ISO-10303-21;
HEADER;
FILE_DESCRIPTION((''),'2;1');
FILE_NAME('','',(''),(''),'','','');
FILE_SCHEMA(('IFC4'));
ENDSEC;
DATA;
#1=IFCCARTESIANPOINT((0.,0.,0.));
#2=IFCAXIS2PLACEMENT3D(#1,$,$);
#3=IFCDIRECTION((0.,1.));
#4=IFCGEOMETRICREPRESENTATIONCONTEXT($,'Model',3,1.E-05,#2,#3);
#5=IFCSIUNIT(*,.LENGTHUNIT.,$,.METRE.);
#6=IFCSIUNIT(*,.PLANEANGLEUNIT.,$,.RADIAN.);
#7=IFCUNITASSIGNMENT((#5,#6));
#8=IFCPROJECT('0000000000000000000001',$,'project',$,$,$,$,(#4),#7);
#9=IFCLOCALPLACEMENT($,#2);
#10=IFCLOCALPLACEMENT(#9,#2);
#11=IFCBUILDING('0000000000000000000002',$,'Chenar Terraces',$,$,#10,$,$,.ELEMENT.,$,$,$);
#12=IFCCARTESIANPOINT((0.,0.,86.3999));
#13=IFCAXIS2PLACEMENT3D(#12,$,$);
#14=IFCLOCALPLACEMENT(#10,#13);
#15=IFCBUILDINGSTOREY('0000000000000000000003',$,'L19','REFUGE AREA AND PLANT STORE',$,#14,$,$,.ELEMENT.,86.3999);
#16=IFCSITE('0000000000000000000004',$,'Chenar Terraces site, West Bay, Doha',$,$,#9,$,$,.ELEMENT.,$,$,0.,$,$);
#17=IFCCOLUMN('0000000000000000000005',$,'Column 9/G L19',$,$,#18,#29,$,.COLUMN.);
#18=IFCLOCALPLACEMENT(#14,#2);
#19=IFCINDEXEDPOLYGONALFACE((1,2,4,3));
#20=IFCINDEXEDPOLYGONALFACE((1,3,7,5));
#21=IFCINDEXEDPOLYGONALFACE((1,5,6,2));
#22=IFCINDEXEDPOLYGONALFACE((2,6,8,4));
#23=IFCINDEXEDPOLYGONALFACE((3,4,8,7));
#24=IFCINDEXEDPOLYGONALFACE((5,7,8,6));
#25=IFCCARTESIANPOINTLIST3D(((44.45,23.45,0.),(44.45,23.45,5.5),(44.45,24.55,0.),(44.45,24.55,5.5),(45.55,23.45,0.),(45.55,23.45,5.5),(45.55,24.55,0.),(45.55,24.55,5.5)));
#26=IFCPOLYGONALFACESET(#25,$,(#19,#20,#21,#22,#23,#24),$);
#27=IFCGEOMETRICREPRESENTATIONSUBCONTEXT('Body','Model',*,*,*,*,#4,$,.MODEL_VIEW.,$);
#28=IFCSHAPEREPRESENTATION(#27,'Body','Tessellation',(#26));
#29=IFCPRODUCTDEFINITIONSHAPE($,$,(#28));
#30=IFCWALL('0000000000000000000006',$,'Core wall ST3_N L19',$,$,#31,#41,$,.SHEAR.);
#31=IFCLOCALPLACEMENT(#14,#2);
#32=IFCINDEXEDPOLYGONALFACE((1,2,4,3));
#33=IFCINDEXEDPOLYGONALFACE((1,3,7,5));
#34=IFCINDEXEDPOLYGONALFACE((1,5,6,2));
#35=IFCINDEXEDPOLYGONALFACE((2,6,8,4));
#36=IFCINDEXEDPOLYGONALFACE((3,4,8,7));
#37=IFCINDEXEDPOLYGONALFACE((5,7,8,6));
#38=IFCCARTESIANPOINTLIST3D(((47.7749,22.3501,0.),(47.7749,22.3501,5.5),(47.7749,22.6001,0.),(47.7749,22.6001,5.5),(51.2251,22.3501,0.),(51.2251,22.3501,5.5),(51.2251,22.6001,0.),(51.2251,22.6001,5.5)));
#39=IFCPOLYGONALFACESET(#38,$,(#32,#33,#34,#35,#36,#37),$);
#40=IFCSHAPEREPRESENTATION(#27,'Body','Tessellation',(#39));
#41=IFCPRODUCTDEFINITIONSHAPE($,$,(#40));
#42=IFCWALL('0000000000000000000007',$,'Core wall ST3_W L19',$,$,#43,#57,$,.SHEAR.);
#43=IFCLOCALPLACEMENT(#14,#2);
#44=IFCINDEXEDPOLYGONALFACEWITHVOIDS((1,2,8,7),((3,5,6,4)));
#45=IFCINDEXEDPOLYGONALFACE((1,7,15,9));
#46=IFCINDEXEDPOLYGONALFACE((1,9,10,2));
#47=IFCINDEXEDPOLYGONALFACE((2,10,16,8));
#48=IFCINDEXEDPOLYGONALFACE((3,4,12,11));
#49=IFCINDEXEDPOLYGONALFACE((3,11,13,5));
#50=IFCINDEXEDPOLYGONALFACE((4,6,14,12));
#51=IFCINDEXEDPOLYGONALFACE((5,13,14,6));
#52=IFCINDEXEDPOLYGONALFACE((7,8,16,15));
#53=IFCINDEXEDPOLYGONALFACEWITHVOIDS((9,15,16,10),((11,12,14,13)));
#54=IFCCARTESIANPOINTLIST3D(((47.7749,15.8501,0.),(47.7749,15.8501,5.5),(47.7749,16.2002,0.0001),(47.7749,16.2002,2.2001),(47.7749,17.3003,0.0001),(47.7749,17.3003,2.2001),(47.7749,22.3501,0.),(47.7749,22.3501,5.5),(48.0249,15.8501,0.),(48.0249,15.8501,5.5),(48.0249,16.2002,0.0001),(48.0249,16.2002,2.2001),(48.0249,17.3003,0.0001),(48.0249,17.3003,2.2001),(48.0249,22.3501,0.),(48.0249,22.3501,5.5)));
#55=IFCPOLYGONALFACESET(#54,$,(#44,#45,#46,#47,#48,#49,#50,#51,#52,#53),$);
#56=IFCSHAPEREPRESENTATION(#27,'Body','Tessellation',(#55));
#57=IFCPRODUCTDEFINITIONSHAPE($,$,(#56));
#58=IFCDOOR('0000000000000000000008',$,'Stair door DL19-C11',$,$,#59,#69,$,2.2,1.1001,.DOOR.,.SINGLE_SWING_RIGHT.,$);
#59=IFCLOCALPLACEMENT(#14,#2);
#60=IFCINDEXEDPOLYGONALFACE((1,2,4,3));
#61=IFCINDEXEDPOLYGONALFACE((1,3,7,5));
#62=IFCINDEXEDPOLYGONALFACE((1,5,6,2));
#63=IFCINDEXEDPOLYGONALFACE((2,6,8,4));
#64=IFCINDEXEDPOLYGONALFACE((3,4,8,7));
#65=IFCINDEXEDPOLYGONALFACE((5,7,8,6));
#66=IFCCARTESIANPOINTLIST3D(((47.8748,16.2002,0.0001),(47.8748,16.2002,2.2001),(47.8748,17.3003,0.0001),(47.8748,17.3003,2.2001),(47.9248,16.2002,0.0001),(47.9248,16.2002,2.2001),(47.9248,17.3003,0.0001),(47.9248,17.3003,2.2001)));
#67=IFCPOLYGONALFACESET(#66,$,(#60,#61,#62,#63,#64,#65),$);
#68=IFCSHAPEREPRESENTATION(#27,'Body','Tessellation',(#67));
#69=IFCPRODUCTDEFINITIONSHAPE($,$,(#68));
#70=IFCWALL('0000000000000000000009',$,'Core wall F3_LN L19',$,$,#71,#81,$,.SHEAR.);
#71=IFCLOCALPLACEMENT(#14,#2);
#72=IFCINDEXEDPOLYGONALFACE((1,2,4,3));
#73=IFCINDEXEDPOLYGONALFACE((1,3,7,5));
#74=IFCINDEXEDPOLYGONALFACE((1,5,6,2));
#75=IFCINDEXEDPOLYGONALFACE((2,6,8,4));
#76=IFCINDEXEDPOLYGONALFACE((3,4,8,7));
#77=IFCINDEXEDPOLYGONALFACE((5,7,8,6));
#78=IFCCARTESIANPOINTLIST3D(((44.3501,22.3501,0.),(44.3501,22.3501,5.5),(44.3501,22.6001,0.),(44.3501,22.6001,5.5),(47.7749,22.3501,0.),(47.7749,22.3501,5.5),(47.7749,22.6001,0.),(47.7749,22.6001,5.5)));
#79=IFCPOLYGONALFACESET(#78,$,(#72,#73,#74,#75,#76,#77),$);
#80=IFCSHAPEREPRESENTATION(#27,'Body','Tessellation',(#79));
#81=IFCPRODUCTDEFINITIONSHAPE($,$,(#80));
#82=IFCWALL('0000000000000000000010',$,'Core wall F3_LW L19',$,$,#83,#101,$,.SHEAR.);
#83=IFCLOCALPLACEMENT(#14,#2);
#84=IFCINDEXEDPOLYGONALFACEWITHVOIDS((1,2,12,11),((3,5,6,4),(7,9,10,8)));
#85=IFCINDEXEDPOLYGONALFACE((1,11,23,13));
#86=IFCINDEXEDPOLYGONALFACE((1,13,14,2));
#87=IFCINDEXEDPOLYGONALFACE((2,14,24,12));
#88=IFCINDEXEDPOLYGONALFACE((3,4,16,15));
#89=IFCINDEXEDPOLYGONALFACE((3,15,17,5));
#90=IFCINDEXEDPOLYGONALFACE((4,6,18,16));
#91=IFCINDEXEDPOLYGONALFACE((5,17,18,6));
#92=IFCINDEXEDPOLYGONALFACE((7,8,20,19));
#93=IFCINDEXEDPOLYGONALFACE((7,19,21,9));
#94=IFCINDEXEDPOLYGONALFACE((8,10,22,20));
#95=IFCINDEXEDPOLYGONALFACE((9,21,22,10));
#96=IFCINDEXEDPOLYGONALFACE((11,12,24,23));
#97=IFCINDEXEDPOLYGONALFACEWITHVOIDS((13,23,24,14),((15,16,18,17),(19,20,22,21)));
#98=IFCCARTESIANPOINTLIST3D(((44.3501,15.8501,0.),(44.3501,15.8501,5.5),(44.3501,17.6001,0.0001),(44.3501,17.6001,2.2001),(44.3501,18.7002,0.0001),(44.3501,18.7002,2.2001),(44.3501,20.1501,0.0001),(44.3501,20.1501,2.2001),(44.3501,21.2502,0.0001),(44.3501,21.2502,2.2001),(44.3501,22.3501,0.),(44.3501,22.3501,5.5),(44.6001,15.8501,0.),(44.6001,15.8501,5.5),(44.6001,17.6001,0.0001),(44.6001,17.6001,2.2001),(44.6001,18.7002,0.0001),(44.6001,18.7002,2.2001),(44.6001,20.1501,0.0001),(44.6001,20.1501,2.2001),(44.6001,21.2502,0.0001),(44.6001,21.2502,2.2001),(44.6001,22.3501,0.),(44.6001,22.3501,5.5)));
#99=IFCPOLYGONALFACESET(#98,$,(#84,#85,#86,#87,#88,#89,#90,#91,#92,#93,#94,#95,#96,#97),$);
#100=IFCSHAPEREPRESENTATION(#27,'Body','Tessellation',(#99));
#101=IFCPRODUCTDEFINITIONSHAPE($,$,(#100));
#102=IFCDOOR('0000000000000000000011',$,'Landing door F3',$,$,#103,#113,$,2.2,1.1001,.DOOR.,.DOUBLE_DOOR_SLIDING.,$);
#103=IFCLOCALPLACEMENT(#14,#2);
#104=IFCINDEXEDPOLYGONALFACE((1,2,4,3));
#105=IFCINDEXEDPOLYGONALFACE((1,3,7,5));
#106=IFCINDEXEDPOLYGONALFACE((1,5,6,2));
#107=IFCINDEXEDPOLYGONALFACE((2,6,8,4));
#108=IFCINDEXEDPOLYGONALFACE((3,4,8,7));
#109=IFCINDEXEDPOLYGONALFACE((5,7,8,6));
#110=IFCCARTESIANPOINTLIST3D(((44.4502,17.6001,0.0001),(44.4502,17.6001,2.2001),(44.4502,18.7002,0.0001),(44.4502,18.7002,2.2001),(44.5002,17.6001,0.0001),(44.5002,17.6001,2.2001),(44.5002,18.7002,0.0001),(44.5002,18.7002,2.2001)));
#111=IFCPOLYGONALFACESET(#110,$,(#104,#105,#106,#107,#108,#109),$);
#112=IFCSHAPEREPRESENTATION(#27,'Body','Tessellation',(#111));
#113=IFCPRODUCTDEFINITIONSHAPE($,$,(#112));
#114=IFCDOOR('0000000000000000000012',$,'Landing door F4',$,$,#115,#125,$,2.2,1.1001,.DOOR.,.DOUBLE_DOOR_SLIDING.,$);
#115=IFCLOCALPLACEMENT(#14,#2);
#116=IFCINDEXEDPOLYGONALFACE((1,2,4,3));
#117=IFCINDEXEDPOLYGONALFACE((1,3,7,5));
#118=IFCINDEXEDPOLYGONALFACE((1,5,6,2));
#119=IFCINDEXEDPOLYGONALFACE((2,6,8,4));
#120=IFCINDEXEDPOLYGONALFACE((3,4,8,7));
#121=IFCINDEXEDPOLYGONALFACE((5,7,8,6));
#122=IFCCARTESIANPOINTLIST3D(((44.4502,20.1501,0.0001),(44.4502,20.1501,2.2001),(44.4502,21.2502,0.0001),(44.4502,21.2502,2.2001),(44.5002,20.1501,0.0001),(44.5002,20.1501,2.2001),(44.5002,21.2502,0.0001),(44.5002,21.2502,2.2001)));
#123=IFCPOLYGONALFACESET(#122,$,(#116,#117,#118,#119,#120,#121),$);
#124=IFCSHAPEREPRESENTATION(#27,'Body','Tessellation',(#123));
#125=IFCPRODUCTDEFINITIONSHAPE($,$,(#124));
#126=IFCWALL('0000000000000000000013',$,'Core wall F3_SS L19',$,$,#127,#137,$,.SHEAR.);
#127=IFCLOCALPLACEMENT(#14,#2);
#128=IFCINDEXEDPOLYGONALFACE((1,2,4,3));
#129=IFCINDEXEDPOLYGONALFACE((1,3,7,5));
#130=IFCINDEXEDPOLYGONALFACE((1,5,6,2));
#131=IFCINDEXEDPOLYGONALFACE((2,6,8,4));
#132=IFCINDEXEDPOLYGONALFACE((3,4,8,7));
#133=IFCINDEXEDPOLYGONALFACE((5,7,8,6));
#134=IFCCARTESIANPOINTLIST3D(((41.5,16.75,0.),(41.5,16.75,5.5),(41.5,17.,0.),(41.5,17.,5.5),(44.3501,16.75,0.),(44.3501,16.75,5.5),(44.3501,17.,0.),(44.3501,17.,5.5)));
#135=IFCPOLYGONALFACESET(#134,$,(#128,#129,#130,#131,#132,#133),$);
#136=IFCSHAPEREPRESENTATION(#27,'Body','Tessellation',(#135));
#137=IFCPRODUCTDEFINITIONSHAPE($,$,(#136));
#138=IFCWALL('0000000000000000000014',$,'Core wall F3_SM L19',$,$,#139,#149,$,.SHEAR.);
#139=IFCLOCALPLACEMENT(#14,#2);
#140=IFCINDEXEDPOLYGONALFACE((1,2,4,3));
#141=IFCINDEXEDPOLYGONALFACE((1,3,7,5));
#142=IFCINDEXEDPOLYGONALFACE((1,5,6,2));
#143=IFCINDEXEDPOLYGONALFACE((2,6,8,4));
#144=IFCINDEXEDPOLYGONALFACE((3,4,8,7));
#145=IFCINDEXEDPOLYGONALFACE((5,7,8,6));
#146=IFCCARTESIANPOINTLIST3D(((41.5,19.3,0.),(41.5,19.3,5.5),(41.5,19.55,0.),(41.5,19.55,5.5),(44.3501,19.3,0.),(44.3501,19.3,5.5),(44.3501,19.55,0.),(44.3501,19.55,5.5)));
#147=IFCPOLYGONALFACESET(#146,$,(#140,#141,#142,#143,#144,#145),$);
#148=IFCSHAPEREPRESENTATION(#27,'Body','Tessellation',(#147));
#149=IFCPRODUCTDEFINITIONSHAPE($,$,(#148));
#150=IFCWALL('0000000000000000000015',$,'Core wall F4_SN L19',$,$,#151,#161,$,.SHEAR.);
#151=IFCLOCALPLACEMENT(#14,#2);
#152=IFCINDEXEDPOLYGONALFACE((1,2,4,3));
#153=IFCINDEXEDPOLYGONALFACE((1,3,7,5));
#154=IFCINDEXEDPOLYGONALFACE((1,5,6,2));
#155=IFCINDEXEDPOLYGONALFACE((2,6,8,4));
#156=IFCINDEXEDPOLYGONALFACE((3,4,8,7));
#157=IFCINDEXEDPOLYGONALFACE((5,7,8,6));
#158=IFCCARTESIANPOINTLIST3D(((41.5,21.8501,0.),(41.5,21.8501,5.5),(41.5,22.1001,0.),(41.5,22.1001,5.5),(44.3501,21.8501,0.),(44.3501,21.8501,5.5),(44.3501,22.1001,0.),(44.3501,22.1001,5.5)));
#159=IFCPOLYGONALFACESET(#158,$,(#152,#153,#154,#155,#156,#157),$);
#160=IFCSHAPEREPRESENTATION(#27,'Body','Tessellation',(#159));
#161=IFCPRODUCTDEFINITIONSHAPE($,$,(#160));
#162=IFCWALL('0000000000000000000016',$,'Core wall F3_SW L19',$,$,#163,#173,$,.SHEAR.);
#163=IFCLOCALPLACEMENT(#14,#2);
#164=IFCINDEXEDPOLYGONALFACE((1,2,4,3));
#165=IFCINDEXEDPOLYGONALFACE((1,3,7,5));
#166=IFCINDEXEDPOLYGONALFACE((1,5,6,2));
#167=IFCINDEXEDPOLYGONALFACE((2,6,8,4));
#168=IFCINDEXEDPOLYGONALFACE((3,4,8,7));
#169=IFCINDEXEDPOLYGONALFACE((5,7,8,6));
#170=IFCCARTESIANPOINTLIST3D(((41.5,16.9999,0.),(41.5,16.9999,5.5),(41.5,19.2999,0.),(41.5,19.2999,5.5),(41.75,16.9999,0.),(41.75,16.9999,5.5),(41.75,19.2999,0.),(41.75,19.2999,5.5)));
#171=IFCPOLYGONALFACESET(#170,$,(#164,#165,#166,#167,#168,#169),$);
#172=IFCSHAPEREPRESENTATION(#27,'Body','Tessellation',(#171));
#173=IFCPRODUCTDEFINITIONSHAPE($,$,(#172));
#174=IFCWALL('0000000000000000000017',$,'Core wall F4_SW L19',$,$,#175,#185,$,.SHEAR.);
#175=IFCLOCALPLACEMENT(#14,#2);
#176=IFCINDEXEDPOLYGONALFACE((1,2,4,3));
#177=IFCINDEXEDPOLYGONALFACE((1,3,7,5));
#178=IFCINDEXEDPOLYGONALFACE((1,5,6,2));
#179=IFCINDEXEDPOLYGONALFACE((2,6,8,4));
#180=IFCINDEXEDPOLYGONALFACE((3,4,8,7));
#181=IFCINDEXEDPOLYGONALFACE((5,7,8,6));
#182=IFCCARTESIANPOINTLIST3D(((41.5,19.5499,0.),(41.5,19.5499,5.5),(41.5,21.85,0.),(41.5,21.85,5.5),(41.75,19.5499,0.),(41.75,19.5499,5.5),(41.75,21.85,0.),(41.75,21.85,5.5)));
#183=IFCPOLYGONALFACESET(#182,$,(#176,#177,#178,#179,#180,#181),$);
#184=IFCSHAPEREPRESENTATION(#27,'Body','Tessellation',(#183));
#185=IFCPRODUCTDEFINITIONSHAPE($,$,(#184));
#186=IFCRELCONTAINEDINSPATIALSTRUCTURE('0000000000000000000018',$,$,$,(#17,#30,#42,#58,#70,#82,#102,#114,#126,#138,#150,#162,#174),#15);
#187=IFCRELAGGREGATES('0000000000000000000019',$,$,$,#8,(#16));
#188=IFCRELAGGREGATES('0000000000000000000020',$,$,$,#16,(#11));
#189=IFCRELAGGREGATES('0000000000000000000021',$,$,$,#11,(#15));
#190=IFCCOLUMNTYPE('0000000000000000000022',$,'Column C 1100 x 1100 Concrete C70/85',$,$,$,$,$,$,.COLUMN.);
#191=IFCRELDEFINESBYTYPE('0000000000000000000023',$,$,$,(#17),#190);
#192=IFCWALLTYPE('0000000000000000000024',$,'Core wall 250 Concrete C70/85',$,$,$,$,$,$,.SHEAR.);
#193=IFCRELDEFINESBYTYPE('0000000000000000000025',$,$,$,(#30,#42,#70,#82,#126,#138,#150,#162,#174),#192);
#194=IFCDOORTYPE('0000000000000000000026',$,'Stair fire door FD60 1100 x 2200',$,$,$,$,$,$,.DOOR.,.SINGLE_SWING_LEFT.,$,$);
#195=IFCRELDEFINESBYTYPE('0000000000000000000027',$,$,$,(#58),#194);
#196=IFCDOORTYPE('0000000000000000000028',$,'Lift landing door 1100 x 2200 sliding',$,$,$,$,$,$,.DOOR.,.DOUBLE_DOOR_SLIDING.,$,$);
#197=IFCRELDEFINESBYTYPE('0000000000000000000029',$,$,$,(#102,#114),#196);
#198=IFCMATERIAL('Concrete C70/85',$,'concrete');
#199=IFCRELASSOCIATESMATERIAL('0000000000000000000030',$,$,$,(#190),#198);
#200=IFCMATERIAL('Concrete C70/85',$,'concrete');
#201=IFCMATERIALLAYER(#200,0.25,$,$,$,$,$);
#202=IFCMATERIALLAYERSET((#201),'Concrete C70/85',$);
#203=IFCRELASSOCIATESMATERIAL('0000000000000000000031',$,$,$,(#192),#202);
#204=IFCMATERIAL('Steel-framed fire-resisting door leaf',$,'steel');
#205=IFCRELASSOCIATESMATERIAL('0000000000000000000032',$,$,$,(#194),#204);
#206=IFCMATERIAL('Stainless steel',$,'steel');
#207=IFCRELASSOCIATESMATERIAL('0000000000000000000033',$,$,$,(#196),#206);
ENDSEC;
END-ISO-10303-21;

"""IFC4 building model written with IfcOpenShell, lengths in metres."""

from ifc_helpers import new_model, si_unit, direction, frame, frame_2d, origin, origin_2d, place, context, subcontext, project, spatial, rectangle, extrude, material, layer, layer_set, material_profile, profile_set, type_object, element, fill, save


model = new_model("IFC4")

# Units and contexts
model_context = context("Model", 3, precision=1e-05, world=origin(), true_north=direction((0.0, 1.0)))
body_context = subcontext(model_context, "Body", "Model", "MODEL_VIEW")
ifc_project = project(units=[si_unit("LENGTHUNIT", "METRE"), si_unit("PLANEANGLEUNIT", "RADIAN")], contexts=[model_context])

# Site, building, storey
site_placement = place(None, origin())
site = spatial("IfcSite", under=ifc_project, at=site_placement, Name="Chenar Terraces site, West Bay, Doha", CompositionType="ELEMENT", RefElevation=0.0)
building_placement = place(site_placement, origin())
building = spatial("IfcBuilding", under=site, at=building_placement, Name="Chenar Terraces", CompositionType="ELEMENT")
storey_placement = place(building_placement, frame((0.0, 0.0, 86.3999)))
storey = spatial("IfcBuildingStorey", under=building, at=storey_placement, Name="L19", Description="REFUGE AREA AND PLANT STORE", CompositionType="ELEMENT", Elevation=86.3999)

# Column
ifc_material_1 = material(Name="Concrete C70/85", Category="concrete")
ifc_material_profile_1 = material_profile(ifc_material_1, rectangle(XDim=1.1001, YDim=1.1001, at=origin_2d()), Name="C 1100 x 1100")
ifc_profile_set_1 = profile_set([ifc_material_profile_1], Name="Concrete C70/85")
column_type = type_object("IfcColumnType", Name="Column C 1100 x 1100 Concrete C70/85", PredefinedType="COLUMN", material=ifc_profile_set_1)
column_placement = place(storey_placement, frame((45.0, 24.0, 0.0), z_axis=(0.0, 0.0, 1.0), x_axis=(1.0, 0.0, 0.0)))
element("IfcColumn", 1, at=column_placement, inside=storey, type_object=column_type, Name="Column 9/G L19", PredefinedType="COLUMN", context=body_context, shape_type="SweptSolid", body=[
    extrude(rectangle(XDim=1.1001, YDim=1.1001, at=origin_2d()), origin(), (0.0, 0.0, 1.0), 5.5),
])

# Wall
ifc_material_2 = material(Name="Concrete C70/85", Category="concrete")
ifc_layer_1 = layer(ifc_material_2, 0.25)
ifc_layer_set_1 = layer_set([ifc_layer_1], Name="Concrete C70/85")
wall_type_1 = type_object("IfcWallType", Name="Core wall 250 Concrete C70/85", PredefinedType="SHEAR", material=ifc_layer_set_1)
wall_1_placement = place(storey_placement, frame((47.7749, 22.4751, 0.0), z_axis=(0.0, 0.0, 1.0), x_axis=(1.0, 0.0, 0.0)))
element("IfcWall", 2, at=wall_1_placement, inside=storey, type_object=wall_type_1, Name="Core wall ST3_N L19", PredefinedType="SHEAR", context=body_context, shape_type="SweptSolid", body=[
    extrude(rectangle(XDim=3.4502, YDim=0.25, at=frame_2d((1.7251, 0.0))), origin(), (0.0, 0.0, 1.0), 5.5),
])

# Wall, opening, door
wall_2_placement = place(storey_placement, frame((47.8999, 15.8501, 0.0), z_axis=(0.0, 0.0, 1.0), x_axis=(0.0, 1.0, 0.0)))
wall_2 = element("IfcWall", 3, at=wall_2_placement, inside=storey, type_object=wall_type_1, Name="Core wall ST3_W L19", PredefinedType="SHEAR", context=body_context, shape_type="SweptSolid", body=[
    extrude(rectangle(XDim=6.5, YDim=0.25, at=frame_2d((3.25, 0.0))), origin(), (0.0, 0.0, 1.0), 5.5),
])
opening_1_placement = place(wall_2_placement, frame((0.3501, 0.0, 0.0)))
opening_1 = element("IfcOpeningElement", 4, at=opening_1_placement, cuts=wall_2, PredefinedType="OPENING", context=body_context, shape_type="SweptSolid", body=[
    extrude(rectangle(XDim=1.1001, YDim=2.2, at=frame_2d((0.55, 1.1001))), frame((0.0, 0.135, 0.0), z_axis=(0.0, -1.0, 0.0), x_axis=(1.0, 0.0, 0.0)), (0.0, 0.0, 1.0), 0.27),
])
ifc_material_3 = material(Name="Steel-framed fire-resisting door leaf", Category="steel")
door_type_1 = type_object("IfcDoorType", Name="Stair fire door FD60 1100 x 2200", OperationType="SINGLE_SWING_LEFT", PredefinedType="DOOR", material=ifc_material_3)
door_1_placement = place(opening_1_placement, frame((1.1001, 0.0, 0.0), z_axis=(0.0, 0.0, 1.0), x_axis=(-1.0, 0.0, 0.0)))
door_1 = element("IfcDoor", 5, at=door_1_placement, inside=storey, type_object=door_type_1, Name="Stair door DL19-C11", OperationType="SINGLE_SWING_RIGHT", OverallHeight=2.2, OverallWidth=1.1001, PredefinedType="DOOR", context=body_context, shape_type="SweptSolid", body=[
    extrude(rectangle(XDim=1.1001, YDim=2.2, at=frame_2d((0.55, 1.1001))), frame((0.0, 0.0249, 0.0), z_axis=(0.0, -1.0, 0.0), x_axis=(1.0, 0.0, 0.0)), (0.0, 0.0, 1.0), 0.05),
])
fill(opening_1, door_1)

# Wall
wall_3_placement = place(storey_placement, frame((44.3501, 22.4751, 0.0), z_axis=(0.0, 0.0, 1.0), x_axis=(1.0, 0.0, 0.0)))
element("IfcWall", 6, at=wall_3_placement, inside=storey, type_object=wall_type_1, Name="Core wall F3_LN L19", PredefinedType="SHEAR", context=body_context, shape_type="SweptSolid", body=[
    extrude(rectangle(XDim=3.4248, YDim=0.25, at=frame_2d((1.7124, 0.0))), origin(), (0.0, 0.0, 1.0), 5.5),
])

# Wall, openings, doors
wall_4_placement = place(storey_placement, frame((44.4751, 15.8501, 0.0), z_axis=(0.0, 0.0, 1.0), x_axis=(0.0, 1.0, 0.0)))
wall_4 = element("IfcWall", 7, at=wall_4_placement, inside=storey, type_object=wall_type_1, Name="Core wall F3_LW L19", PredefinedType="SHEAR", context=body_context, shape_type="SweptSolid", body=[
    extrude(rectangle(XDim=6.5, YDim=0.25, at=frame_2d((3.25, 0.0))), origin(), (0.0, 0.0, 1.0), 5.5),
])
opening_2_placement = place(wall_4_placement, frame((1.75, 0.0, 0.0)))
opening_2 = element("IfcOpeningElement", 8, at=opening_2_placement, cuts=wall_4, PredefinedType="OPENING", context=body_context, shape_type="SweptSolid", body=[
    extrude(rectangle(XDim=1.1001, YDim=2.2, at=frame_2d((0.55, 1.1001))), frame((0.0, 0.135, 0.0), z_axis=(0.0, -1.0, 0.0), x_axis=(1.0, 0.0, 0.0)), (0.0, 0.0, 1.0), 0.27),
])
opening_3_placement = place(wall_4_placement, frame((4.3, 0.0, 0.0)))
opening_3 = element("IfcOpeningElement", 9, at=opening_3_placement, cuts=wall_4, PredefinedType="OPENING", context=body_context, shape_type="SweptSolid", body=[
    extrude(rectangle(XDim=1.1001, YDim=2.2, at=frame_2d((0.55, 1.1001))), frame((0.0, 0.135, 0.0), z_axis=(0.0, -1.0, 0.0), x_axis=(1.0, 0.0, 0.0)), (0.0, 0.0, 1.0), 0.27),
])
ifc_material_4 = material(Name="Stainless steel", Category="steel")
door_type_2 = type_object("IfcDoorType", Name="Lift landing door 1100 x 2200 sliding", OperationType="DOUBLE_DOOR_SLIDING", PredefinedType="DOOR", material=ifc_material_4)
door_2_placement = place(opening_2_placement, origin())
door_2 = element("IfcDoor", 10, at=door_2_placement, inside=storey, type_object=door_type_2, Name="Landing door F3", OperationType="DOUBLE_DOOR_SLIDING", OverallHeight=2.2, OverallWidth=1.1001, PredefinedType="DOOR", context=body_context, shape_type="SweptSolid", body=[
    extrude(rectangle(XDim=1.1001, YDim=2.2, at=frame_2d((0.55, 1.1001))), frame((0.0, 0.0249, 0.0), z_axis=(0.0, -1.0, 0.0), x_axis=(1.0, 0.0, 0.0)), (0.0, 0.0, 1.0), 0.05),
])
fill(opening_2, door_2)
door_3_placement = place(opening_3_placement, origin())
door_3 = element("IfcDoor", 11, at=door_3_placement, inside=storey, type_object=door_type_2, Name="Landing door F4", OperationType="DOUBLE_DOOR_SLIDING", OverallHeight=2.2, OverallWidth=1.1001, PredefinedType="DOOR", context=body_context, shape_type="SweptSolid", body=[
    extrude(rectangle(XDim=1.1001, YDim=2.2, at=frame_2d((0.55, 1.1001))), frame((0.0, 0.0249, 0.0), z_axis=(0.0, -1.0, 0.0), x_axis=(1.0, 0.0, 0.0)), (0.0, 0.0, 1.0), 0.05),
])
fill(opening_3, door_3)

# Walls
for number, where, z_axis, x_axis, name in (
    (12, (41.5, 16.875, 0.0), (0.0, 0.0, 1.0), (1.0, 0.0, 0.0), "Core wall F3_SS L19"),
    (13, (41.5, 19.425, 0.0), (0.0, 0.0, 1.0), (1.0, 0.0, 0.0), "Core wall F3_SM L19"),
    (14, (41.5, 21.9751, 0.0), (0.0, 0.0, 1.0), (1.0, 0.0, 0.0), "Core wall F4_SN L19"),
):
    element("IfcWall", number, at=place(storey_placement, frame(where, z_axis=z_axis, x_axis=x_axis)), inside=storey, type_object=wall_type_1, Name=name, PredefinedType="SHEAR", context=body_context, shape_type="SweptSolid", body=[
        extrude(rectangle(XDim=2.8501, YDim=0.25, at=frame_2d((1.425, 0.0))), origin(), (0.0, 0.0, 1.0), 5.5),
    ])
for number, where, z_axis, x_axis, name in (
    (15, (41.625, 17.0, 0.0), (0.0, 0.0, 1.0), (0.0, 1.0, 0.0), "Core wall F3_SW L19"),
    (16, (41.625, 19.55, 0.0), (0.0, 0.0, 1.0), (0.0, 1.0, 0.0), "Core wall F4_SW L19"),
):
    element("IfcWall", number, at=place(storey_placement, frame(where, z_axis=z_axis, x_axis=x_axis)), inside=storey, type_object=wall_type_1, Name=name, PredefinedType="SHEAR", context=body_context, shape_type="SweptSolid", body=[
        extrude(rectangle(XDim=2.3, YDim=0.25, at=frame_2d((1.1499, 0.0))), origin(), (0.0, 0.0, 1.0), 5.5),
    ])

save(model, "model.ifc")
